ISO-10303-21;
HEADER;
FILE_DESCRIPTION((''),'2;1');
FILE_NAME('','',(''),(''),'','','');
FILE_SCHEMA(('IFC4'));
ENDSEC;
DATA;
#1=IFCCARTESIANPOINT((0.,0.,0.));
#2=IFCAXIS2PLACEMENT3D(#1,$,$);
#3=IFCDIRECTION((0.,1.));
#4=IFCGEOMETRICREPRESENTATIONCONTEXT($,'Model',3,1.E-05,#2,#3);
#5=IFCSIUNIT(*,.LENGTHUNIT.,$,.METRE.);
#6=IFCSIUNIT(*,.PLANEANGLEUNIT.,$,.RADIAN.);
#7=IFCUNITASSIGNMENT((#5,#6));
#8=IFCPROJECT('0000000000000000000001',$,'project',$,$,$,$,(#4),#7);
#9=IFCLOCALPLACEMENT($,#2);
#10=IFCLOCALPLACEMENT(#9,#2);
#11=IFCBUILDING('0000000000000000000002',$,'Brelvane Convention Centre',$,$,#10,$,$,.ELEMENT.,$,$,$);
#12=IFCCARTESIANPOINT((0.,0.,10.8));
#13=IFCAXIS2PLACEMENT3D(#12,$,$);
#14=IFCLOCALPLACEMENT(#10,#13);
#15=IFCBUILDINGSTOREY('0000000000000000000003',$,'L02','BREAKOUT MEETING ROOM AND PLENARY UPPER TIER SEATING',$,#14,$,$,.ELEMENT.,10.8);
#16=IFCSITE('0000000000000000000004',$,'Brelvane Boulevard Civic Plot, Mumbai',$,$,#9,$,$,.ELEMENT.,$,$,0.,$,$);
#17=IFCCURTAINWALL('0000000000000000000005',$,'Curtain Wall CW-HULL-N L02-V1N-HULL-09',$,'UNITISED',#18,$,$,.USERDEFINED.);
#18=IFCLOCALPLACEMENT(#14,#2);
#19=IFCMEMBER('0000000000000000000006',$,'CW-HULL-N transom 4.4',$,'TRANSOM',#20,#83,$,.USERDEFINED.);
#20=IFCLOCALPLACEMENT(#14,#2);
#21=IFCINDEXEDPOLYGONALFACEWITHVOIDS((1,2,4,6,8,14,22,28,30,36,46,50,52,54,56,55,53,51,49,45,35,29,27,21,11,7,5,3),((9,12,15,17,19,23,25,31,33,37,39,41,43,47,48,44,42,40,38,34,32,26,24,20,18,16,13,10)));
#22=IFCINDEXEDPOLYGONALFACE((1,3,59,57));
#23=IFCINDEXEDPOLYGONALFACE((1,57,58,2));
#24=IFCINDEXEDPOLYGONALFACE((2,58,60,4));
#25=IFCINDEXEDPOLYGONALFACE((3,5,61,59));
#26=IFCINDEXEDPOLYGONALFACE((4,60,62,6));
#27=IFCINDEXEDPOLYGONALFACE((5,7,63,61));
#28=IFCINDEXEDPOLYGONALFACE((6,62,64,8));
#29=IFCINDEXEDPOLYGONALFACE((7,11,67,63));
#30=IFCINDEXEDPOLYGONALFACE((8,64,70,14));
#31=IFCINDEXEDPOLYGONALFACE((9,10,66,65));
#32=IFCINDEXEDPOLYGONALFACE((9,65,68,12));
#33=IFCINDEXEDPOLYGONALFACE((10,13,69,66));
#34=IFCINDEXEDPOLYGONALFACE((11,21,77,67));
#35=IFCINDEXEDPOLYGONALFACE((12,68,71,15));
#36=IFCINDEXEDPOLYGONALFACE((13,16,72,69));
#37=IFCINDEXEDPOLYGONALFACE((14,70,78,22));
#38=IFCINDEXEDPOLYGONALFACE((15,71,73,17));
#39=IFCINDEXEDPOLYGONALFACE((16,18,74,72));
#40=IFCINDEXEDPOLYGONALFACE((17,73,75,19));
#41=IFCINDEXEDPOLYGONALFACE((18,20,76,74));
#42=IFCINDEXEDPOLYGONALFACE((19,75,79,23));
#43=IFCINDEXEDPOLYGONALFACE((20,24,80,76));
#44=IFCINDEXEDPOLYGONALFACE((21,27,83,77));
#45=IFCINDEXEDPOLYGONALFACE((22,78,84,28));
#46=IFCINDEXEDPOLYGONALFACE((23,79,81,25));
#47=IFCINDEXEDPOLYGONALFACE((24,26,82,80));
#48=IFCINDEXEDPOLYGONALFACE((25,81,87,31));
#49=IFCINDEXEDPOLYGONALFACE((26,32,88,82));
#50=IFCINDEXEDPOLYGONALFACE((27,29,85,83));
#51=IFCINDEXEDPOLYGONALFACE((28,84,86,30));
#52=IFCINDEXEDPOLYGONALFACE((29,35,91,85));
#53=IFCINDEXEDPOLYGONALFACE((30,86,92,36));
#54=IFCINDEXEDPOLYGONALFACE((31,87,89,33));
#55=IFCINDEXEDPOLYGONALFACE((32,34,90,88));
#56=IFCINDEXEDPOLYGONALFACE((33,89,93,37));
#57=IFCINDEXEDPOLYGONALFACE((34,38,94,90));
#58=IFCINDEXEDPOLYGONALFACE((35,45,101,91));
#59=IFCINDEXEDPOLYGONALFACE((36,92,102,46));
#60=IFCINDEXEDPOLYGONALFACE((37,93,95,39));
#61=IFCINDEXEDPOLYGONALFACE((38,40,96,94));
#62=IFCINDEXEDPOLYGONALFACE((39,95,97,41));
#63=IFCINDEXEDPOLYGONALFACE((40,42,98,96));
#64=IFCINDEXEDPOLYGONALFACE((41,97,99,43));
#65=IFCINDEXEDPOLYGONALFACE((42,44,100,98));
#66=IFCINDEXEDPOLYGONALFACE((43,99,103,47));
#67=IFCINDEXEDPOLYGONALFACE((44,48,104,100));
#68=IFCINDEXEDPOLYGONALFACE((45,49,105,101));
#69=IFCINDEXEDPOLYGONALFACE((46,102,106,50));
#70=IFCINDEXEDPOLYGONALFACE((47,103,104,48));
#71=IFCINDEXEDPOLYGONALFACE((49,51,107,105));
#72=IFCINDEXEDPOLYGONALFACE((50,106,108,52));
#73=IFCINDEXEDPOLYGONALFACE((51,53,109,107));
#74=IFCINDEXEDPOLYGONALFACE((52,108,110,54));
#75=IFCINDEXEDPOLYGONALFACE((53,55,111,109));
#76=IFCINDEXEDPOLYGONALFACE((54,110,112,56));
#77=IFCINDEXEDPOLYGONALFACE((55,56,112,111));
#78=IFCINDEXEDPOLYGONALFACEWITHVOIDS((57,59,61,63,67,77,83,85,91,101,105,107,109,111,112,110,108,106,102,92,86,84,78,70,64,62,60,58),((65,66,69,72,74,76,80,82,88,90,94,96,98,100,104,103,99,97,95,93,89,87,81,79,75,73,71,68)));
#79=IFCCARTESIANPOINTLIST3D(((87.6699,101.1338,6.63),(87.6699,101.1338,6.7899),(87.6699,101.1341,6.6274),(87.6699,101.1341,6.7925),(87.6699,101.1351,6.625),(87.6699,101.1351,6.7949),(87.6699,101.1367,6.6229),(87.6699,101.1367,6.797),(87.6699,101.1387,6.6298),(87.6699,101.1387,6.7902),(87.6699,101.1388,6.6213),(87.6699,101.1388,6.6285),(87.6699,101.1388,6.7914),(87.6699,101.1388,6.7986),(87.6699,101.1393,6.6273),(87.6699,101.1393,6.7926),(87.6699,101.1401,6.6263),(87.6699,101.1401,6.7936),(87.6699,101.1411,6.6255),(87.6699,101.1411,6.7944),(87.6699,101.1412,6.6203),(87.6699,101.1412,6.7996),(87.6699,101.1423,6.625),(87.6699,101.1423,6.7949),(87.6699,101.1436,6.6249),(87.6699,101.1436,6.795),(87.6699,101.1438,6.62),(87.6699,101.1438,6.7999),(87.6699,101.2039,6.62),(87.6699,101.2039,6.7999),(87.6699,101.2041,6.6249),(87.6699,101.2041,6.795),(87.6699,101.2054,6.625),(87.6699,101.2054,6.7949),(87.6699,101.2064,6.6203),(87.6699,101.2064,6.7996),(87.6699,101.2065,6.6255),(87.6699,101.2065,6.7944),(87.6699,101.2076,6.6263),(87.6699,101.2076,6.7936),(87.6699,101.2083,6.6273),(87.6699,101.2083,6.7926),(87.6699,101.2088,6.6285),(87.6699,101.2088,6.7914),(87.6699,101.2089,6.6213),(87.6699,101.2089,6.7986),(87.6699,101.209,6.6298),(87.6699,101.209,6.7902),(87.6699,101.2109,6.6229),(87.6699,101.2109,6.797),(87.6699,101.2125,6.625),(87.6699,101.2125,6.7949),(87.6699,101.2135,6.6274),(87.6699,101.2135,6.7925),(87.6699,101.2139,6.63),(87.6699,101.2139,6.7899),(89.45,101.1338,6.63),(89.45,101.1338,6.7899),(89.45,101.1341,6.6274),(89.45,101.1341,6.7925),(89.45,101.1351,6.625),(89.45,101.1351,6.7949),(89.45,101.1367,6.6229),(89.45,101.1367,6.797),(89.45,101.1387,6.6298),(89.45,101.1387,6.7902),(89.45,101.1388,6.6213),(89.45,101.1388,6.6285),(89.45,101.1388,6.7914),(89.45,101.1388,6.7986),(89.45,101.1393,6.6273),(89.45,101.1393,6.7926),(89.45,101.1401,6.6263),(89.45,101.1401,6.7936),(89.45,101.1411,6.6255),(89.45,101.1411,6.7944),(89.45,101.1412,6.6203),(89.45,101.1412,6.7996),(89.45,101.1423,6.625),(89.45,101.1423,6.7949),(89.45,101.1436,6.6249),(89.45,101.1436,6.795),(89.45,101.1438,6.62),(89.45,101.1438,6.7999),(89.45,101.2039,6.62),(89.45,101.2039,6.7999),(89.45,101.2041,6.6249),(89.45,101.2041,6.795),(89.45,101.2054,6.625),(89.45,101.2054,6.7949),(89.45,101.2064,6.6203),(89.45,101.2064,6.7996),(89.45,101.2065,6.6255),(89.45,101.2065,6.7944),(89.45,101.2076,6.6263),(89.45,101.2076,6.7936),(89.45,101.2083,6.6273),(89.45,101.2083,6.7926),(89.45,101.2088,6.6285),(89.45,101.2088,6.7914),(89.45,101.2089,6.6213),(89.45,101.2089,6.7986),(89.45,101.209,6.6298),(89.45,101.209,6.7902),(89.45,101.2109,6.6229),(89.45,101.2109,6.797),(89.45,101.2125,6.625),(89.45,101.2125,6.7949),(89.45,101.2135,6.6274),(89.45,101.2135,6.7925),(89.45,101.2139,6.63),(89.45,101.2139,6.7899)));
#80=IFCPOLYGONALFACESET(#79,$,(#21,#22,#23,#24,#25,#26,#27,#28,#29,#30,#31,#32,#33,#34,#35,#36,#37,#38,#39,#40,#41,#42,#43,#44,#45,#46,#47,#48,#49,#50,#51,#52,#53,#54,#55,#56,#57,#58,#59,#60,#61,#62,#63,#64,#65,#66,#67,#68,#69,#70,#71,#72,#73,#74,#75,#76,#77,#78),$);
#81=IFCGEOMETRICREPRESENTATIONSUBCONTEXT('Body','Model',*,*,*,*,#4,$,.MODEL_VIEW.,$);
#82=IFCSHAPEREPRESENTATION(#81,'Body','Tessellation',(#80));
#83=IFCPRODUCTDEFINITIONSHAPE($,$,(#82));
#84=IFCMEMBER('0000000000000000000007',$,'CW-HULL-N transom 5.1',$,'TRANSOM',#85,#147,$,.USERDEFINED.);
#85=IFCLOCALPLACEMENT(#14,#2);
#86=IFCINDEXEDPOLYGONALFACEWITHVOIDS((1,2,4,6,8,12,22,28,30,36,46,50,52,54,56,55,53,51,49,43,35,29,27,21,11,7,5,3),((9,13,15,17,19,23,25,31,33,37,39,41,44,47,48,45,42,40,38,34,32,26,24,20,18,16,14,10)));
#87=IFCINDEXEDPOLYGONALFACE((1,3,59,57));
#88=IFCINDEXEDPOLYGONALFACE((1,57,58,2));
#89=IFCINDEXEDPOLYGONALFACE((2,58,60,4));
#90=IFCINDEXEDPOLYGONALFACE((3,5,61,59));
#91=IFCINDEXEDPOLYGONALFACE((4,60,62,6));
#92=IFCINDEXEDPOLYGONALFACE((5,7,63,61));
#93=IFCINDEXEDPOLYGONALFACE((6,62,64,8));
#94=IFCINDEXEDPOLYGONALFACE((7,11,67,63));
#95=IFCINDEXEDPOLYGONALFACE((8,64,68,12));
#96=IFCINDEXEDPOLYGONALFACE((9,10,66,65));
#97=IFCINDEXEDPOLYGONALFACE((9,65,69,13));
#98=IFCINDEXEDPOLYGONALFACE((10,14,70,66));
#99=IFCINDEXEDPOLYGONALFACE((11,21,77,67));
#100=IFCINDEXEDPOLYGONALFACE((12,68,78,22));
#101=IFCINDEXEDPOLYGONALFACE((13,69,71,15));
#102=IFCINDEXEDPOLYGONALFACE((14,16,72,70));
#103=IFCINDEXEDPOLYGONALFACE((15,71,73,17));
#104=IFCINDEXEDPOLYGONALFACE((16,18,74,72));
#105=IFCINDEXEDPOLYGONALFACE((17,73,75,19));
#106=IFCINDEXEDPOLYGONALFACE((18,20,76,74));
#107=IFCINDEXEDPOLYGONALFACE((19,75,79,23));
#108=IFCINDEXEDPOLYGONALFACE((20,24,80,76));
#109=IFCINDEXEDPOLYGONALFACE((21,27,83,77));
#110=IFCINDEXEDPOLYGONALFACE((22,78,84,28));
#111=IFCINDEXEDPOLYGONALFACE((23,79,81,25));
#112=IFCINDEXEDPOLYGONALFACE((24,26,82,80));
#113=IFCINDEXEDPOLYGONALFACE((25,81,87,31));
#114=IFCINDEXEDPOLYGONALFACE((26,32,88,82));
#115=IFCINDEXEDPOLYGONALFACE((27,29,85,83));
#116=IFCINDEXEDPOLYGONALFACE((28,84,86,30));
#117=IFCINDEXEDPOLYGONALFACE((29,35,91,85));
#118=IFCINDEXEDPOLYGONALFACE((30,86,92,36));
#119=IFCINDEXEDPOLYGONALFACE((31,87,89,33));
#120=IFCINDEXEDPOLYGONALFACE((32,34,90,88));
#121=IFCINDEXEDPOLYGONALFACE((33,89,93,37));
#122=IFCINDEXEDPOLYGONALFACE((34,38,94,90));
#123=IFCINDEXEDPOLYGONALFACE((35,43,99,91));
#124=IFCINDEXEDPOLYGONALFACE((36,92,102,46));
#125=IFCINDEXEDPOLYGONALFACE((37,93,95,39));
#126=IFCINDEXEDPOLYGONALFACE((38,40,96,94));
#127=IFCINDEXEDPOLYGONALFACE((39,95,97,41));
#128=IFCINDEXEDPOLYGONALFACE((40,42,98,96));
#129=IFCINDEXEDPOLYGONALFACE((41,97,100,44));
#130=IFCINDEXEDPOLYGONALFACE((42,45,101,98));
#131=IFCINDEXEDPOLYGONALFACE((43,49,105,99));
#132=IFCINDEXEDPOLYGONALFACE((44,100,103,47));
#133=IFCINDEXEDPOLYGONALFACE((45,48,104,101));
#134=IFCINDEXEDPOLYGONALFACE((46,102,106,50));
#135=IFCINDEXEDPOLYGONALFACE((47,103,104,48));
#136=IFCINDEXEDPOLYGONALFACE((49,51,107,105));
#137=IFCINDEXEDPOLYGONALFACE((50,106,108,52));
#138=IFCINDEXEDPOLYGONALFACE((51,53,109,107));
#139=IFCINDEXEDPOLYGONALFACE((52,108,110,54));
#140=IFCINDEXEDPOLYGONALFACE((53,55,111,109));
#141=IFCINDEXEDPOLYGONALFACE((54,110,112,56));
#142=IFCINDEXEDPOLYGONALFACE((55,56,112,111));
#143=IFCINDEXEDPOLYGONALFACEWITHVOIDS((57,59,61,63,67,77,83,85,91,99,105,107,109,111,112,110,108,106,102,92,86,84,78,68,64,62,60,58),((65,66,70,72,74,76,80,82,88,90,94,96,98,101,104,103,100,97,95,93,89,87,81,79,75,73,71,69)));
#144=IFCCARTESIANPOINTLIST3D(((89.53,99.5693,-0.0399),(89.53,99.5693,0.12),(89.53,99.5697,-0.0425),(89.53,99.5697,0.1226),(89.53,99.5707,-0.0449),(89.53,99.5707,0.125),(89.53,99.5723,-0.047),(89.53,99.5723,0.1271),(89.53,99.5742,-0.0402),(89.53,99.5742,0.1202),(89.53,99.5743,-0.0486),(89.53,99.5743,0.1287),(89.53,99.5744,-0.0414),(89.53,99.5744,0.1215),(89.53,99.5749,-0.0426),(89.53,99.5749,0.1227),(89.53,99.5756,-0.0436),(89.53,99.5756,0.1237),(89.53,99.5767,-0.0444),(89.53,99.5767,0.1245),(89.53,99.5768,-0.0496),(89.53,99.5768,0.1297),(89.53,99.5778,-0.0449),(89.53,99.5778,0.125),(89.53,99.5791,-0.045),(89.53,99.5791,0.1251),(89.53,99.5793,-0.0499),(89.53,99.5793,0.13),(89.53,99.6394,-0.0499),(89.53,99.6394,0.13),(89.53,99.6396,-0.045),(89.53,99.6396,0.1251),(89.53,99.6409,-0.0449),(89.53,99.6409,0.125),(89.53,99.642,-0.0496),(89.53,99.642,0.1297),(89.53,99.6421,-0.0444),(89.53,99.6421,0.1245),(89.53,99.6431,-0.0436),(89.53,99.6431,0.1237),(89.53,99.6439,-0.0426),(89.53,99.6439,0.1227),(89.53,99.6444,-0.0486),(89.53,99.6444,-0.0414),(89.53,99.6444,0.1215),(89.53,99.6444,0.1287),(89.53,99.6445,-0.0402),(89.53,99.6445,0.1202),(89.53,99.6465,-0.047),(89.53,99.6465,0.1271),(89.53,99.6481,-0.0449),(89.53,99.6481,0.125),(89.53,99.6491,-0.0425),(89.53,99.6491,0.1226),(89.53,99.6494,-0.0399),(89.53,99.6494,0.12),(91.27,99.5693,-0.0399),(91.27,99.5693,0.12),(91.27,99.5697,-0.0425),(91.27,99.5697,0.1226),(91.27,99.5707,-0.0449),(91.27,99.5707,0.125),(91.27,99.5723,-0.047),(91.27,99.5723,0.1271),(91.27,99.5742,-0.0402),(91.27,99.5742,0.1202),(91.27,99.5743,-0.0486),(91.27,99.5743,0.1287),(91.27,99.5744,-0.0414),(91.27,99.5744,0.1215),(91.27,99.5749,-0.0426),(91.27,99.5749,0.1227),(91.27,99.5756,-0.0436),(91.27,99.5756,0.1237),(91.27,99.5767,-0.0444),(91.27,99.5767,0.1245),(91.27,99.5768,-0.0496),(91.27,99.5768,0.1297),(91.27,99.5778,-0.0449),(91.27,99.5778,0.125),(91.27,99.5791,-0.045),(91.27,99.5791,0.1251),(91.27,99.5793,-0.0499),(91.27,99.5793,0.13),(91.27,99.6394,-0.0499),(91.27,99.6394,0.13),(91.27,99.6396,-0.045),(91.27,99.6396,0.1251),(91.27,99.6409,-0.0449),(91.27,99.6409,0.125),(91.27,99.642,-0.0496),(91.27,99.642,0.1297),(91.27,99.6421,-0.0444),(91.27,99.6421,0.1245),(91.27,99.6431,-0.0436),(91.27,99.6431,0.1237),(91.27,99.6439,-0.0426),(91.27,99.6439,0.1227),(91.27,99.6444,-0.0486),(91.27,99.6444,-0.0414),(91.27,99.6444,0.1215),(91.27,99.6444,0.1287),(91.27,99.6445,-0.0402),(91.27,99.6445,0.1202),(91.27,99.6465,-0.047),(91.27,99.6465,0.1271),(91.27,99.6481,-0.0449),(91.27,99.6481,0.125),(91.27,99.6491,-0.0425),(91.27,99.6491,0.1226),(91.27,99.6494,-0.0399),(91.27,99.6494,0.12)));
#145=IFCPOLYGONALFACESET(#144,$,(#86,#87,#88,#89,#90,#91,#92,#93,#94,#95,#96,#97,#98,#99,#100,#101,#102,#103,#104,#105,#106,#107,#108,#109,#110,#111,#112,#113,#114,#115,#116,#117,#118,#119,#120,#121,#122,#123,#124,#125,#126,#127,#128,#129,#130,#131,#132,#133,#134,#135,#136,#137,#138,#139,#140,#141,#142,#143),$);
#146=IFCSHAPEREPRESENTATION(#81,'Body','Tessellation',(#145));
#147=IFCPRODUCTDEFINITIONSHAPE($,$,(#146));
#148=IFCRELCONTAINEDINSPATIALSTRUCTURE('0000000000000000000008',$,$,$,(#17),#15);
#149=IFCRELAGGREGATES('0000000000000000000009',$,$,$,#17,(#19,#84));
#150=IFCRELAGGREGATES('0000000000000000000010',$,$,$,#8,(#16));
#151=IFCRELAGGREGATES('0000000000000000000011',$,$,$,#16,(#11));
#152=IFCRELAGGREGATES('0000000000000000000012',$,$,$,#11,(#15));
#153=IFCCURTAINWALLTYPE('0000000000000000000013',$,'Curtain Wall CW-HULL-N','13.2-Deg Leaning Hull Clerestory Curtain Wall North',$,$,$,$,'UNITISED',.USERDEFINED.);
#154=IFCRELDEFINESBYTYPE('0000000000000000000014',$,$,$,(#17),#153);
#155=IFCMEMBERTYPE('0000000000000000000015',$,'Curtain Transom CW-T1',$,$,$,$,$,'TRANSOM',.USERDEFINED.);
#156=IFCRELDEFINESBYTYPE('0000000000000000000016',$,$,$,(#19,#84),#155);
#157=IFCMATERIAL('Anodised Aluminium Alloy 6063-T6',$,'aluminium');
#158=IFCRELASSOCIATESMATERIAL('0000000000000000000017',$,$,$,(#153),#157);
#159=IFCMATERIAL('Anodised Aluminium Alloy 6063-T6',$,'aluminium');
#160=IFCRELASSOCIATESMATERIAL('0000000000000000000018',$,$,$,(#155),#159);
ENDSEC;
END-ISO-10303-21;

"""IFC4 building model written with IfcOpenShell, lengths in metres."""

from ifc_helpers import new_model, si_unit, direction, frame, origin, origin_2d, place, context, subcontext, project, spatial, hollow_rectangle, extrude, material, material_profile, profile_set, type_object, element, aggregate, save


model = new_model("IFC4")

# Units and contexts
model_context = context("Model", 3, precision=1e-05, world=origin(), true_north=direction((0.0, 1.0)))
body_context = subcontext(model_context, "Body", "Model", "MODEL_VIEW")
ifc_project = project(units=[si_unit("LENGTHUNIT", "METRE"), si_unit("PLANEANGLEUNIT", "RADIAN")], contexts=[model_context])

# Site, building, storey
site_placement = place(None, origin())
site = spatial("IfcSite", under=ifc_project, at=site_placement, Name="Brelvane Boulevard Civic Plot, Mumbai", CompositionType="ELEMENT", RefElevation=0.0)
building_placement = place(site_placement, origin())
building = spatial("IfcBuilding", under=site, at=building_placement, Name="Brelvane Convention Centre", CompositionType="ELEMENT")
storey_placement = place(building_placement, frame((0.0, 0.0, 10.8)))
storey = spatial("IfcBuildingStorey", under=building, at=storey_placement, Name="L02", Description="BREAKOUT MEETING ROOM AND PLENARY UPPER TIER SEATING", CompositionType="ELEMENT", Elevation=10.8)

# Curtain wall, members
ifc_material_1 = material(Name="Anodised Aluminium Alloy 6063-T6", Category="aluminium")
curtain_wall_type = type_object("IfcCurtainWallType", Name="Curtain Wall CW-HULL-N", Description="13.2-Deg Leaning Hull Clerestory Curtain Wall North", ElementType="UNITISED", PredefinedType="USERDEFINED", material=ifc_material_1)
curtain_wall_placement = place(storey_placement, origin())
curtain_wall = element("IfcCurtainWall", 1, at=curtain_wall_placement, inside=storey, type_object=curtain_wall_type, Name="Curtain Wall CW-HULL-N L02-V1N-HULL-09", ObjectType="UNITISED", PredefinedType="USERDEFINED")
ifc_material_2 = material(Name="Anodised Aluminium Alloy 6063-T6", Category="aluminium")
ifc_material_profile_1 = material_profile(ifc_material_2, hollow_rectangle(XDim=0.0801, YDim=0.1799, WallThickness=0.0049, InnerFilletRadius=0.0049, OuterFilletRadius=0.01, at=origin_2d()), Name="ALU-T 180x80x5.0")
ifc_profile_set_1 = profile_set([ifc_material_profile_1], Name="Anodised Aluminium Alloy 6063-T6")
member_type_1 = type_object("IfcMemberType", Name="Curtain Transom CW-T1", ElementType="TRANSOM", PredefinedType="USERDEFINED", material=ifc_profile_set_1)
member_1_placement = place(storey_placement, frame((87.6699, 101.1738, 6.71), z_axis=(1.0, 0.0, 0.0), x_axis=(0.0, 1.0, 0.0)))
member_1 = element("IfcMember", 2, at=member_1_placement, type_object=member_type_1, Name="CW-HULL-N transom 4.4", ObjectType="TRANSOM", PredefinedType="USERDEFINED", context=body_context, shape_type="SweptSolid", body=[
    extrude(hollow_rectangle(XDim=0.0801, YDim=0.1799, WallThickness=0.0049, InnerFilletRadius=0.0049, OuterFilletRadius=0.01, at=origin_2d()), origin(), (0.0, 0.0, 1.0), 1.78),
])
member_2_placement = place(storey_placement, frame((89.53, 99.6094, 0.04), z_axis=(1.0, 0.0, 0.0), x_axis=(0.0, 1.0, 0.0)))
member_2 = element("IfcMember", 3, at=member_2_placement, type_object=member_type_1, Name="CW-HULL-N transom 5.1", ObjectType="TRANSOM", PredefinedType="USERDEFINED", context=body_context, shape_type="SweptSolid", body=[
    extrude(hollow_rectangle(XDim=0.0801, YDim=0.1799, WallThickness=0.0049, InnerFilletRadius=0.0049, OuterFilletRadius=0.01, at=origin_2d()), origin(), (0.0, 0.0, 1.0), 1.74),
])
aggregate(curtain_wall, [member_1, member_2])

save(model, "model.ifc")
